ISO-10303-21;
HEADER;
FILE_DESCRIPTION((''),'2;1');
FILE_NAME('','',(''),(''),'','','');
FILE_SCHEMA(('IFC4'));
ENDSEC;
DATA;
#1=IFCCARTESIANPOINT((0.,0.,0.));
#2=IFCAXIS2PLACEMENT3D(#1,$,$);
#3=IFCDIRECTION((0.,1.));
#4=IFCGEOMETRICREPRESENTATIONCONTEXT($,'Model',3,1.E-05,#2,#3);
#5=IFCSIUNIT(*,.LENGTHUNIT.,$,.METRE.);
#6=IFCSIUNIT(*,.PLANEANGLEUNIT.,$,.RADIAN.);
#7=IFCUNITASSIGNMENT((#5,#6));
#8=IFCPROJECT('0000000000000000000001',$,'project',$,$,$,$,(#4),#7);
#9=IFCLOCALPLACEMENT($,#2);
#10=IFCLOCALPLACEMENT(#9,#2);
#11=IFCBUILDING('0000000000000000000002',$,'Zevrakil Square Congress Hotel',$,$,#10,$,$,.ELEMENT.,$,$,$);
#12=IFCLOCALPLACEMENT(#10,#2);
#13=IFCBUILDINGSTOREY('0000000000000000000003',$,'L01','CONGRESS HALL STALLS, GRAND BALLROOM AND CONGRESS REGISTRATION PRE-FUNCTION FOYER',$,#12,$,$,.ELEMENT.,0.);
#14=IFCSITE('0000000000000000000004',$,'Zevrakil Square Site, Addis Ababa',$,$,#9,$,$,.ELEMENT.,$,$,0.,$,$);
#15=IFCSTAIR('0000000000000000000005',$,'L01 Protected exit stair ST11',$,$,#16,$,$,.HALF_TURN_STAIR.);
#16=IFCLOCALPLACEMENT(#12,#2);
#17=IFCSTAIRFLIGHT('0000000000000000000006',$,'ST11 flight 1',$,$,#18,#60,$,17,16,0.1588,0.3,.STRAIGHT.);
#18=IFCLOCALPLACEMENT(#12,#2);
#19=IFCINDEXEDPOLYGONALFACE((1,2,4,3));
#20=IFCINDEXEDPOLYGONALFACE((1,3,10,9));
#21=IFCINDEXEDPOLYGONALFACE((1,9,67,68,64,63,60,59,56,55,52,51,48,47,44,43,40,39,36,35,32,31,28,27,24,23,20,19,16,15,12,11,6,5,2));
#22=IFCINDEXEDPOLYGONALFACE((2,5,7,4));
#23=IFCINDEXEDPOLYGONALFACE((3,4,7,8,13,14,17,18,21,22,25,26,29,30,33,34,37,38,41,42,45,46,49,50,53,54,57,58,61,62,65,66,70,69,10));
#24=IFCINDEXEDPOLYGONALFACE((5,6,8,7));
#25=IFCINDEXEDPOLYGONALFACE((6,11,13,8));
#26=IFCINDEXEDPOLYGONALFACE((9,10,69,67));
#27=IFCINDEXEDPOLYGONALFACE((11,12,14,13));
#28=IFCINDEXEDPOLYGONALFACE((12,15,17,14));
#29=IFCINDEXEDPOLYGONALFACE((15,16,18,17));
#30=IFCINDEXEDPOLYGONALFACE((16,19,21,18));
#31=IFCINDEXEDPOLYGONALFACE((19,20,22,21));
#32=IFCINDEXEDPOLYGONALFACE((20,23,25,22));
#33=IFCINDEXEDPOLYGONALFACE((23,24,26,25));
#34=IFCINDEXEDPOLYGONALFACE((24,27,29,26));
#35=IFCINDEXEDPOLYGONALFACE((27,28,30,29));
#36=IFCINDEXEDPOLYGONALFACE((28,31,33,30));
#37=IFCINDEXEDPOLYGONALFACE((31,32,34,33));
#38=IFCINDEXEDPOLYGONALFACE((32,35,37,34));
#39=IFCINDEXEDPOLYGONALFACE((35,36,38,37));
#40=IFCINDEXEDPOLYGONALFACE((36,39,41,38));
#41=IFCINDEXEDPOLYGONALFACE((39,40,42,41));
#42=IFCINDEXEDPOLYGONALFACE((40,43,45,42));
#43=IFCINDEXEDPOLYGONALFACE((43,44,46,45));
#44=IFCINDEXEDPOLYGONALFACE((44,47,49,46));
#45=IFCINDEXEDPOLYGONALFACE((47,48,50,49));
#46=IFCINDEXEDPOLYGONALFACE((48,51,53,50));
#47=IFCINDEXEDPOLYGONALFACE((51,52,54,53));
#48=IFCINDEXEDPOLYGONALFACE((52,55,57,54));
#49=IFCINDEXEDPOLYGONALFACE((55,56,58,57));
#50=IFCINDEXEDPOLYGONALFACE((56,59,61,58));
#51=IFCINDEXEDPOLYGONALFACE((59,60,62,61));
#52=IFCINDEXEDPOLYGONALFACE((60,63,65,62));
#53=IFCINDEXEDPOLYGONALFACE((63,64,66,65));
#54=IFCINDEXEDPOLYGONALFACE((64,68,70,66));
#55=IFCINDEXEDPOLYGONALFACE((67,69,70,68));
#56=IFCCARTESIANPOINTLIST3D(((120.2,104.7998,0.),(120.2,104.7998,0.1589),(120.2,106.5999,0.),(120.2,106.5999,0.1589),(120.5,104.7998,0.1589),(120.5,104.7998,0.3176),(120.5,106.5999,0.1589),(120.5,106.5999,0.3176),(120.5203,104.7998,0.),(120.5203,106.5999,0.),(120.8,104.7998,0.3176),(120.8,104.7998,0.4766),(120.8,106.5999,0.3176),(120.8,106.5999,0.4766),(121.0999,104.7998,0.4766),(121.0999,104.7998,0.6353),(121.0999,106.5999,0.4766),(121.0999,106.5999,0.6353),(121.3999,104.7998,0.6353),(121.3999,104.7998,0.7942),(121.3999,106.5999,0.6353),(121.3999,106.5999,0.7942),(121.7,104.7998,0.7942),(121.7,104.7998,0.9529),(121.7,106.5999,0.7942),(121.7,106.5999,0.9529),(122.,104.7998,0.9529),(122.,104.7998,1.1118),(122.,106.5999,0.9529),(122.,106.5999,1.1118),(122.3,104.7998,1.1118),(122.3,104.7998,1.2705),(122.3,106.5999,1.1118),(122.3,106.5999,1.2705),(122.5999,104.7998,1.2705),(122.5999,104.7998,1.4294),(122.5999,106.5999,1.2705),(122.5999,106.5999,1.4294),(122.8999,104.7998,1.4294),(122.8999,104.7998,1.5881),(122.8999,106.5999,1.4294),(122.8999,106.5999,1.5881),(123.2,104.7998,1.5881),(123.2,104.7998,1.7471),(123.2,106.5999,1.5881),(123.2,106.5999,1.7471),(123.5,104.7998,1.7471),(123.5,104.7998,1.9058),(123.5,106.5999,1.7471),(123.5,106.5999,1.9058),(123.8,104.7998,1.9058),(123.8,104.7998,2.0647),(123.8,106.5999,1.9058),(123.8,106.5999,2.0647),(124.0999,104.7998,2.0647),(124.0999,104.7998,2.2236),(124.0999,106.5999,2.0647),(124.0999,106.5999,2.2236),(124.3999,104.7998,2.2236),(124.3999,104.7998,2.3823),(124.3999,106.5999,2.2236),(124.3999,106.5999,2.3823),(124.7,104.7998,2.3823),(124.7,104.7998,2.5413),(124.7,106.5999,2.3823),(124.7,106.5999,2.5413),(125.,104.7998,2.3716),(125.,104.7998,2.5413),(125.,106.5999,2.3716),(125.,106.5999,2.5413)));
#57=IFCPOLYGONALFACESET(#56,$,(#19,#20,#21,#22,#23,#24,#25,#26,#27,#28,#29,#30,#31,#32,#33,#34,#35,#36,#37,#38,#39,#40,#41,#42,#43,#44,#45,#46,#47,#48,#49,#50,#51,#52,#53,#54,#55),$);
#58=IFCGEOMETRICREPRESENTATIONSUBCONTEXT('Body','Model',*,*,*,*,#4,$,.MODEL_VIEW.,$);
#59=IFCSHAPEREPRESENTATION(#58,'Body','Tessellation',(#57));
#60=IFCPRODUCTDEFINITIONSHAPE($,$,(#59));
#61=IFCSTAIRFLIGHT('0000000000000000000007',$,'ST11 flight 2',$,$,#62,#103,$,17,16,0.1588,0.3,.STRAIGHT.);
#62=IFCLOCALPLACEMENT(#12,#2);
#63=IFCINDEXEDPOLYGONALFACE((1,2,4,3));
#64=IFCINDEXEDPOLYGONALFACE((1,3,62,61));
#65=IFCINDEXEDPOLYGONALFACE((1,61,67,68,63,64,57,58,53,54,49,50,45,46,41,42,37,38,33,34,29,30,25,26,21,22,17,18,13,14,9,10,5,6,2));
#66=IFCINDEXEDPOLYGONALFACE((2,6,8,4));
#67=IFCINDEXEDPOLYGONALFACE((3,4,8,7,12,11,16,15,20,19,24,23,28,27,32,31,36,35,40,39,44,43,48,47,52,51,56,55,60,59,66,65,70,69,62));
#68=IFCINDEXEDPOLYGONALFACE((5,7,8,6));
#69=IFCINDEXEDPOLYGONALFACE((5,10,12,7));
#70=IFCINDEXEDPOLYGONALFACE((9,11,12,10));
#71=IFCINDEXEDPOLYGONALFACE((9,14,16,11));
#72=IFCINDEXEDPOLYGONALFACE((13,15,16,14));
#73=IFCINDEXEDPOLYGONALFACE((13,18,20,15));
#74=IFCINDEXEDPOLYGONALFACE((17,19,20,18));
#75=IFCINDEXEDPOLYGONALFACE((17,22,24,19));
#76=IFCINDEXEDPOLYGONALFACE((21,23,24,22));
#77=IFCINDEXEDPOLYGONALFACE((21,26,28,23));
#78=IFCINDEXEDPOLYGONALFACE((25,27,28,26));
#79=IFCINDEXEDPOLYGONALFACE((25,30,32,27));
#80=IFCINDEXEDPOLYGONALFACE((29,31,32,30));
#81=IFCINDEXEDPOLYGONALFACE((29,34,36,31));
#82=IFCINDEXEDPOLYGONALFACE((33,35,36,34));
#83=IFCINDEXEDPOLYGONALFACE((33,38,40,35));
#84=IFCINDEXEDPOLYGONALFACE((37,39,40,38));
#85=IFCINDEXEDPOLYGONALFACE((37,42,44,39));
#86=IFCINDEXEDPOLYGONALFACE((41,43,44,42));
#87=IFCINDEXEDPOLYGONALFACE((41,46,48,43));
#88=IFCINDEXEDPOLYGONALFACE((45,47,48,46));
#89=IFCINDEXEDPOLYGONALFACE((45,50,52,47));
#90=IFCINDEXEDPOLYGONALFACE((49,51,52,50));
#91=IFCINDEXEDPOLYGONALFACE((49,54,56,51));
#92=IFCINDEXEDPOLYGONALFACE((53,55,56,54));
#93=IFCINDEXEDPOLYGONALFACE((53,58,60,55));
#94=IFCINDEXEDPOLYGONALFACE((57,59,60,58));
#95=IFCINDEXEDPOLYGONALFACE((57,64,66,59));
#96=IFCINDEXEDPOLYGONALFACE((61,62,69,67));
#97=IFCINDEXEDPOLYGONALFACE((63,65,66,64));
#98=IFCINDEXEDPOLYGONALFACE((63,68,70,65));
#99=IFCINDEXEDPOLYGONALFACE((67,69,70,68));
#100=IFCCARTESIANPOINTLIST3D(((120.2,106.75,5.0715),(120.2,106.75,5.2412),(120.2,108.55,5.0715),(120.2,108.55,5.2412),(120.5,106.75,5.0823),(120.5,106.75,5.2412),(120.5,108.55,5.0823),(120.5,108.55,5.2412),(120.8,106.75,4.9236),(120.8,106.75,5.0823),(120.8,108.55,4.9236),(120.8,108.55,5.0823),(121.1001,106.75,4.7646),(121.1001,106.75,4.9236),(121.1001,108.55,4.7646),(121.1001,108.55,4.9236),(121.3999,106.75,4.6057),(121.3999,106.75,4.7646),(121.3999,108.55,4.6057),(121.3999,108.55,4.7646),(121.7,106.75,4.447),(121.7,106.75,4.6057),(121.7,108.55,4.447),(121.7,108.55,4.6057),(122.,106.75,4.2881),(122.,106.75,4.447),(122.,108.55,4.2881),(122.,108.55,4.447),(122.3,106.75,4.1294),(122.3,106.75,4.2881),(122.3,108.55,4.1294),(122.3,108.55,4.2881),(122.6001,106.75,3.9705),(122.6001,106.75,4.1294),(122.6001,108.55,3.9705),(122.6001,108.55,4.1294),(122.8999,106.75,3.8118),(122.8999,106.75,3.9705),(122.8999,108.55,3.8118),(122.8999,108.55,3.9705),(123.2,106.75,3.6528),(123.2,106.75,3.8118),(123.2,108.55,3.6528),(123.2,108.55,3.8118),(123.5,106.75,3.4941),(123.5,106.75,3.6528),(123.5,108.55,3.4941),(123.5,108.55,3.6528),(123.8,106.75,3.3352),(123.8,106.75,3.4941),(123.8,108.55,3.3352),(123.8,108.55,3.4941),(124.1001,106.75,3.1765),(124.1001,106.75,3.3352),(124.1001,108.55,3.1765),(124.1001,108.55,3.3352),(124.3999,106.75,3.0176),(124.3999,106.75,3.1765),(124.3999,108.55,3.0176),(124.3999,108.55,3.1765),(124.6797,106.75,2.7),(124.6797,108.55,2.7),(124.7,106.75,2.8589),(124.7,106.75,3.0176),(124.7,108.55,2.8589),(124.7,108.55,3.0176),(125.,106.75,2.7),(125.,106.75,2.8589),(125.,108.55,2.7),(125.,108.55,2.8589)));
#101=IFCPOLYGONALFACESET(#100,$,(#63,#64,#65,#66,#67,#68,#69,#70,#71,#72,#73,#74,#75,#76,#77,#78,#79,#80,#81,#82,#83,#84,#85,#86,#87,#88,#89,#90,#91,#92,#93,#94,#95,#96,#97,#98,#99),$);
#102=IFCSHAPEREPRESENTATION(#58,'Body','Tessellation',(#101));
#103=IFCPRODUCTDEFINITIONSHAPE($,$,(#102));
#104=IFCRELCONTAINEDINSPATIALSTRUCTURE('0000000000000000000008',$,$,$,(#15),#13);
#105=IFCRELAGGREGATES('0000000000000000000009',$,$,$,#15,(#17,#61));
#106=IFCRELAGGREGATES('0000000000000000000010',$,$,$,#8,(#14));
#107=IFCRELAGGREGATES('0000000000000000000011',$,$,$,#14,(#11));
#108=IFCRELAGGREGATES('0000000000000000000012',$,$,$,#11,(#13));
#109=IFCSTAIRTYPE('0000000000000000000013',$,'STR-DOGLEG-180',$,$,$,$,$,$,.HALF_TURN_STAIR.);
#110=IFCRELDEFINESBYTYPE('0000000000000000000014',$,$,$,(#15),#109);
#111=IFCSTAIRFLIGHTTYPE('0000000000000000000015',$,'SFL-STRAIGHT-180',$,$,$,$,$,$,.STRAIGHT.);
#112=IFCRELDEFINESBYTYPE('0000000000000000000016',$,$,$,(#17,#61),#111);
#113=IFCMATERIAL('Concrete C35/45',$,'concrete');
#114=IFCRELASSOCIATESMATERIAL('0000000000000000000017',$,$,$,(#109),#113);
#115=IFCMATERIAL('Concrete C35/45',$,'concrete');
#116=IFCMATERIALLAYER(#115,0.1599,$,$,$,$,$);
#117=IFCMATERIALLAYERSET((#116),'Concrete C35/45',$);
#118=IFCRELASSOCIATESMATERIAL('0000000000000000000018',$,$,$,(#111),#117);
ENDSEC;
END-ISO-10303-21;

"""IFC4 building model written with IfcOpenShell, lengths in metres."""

from ifc_helpers import new_model, si_unit, direction, frame, origin, place, context, subcontext, project, spatial, polyline, outline, extrude, material, layer, layer_set, type_object, element, aggregate, save


model = new_model("IFC4")

# Units and contexts
model_context = context("Model", 3, precision=1e-05, world=origin(), true_north=direction((0.0, 1.0)))
body_context = subcontext(model_context, "Body", "Model", "MODEL_VIEW")
ifc_project = project(units=[si_unit("LENGTHUNIT", "METRE"), si_unit("PLANEANGLEUNIT", "RADIAN")], contexts=[model_context])

# Site, building, storey
site_placement = place(None, origin())
site = spatial("IfcSite", under=ifc_project, at=site_placement, Name="Zevrakil Square Site, Addis Ababa", CompositionType="ELEMENT", RefElevation=0.0)
building_placement = place(site_placement, origin())
building = spatial("IfcBuilding", under=site, at=building_placement, Name="Zevrakil Square Congress Hotel", CompositionType="ELEMENT")
storey_placement = place(building_placement, origin())
storey = spatial("IfcBuildingStorey", under=building, at=storey_placement, Name="L01", Description="CONGRESS HALL STALLS, GRAND BALLROOM AND CONGRESS REGISTRATION PRE-FUNCTION FOYER", CompositionType="ELEMENT", Elevation=0.0)

# Stair, stair flights
ifc_material_1 = material(Name="Concrete C35/45", Category="concrete")
stair_type = type_object("IfcStairType", Name="STR-DOGLEG-180", PredefinedType="HALF_TURN_STAIR", material=ifc_material_1)
stair_placement = place(storey_placement, origin())
stair = element("IfcStair", 1, at=stair_placement, inside=storey, type_object=stair_type, Name="L01 Protected exit stair ST11", PredefinedType="HALF_TURN_STAIR")
ifc_material_2 = material(Name="Concrete C35/45", Category="concrete")
ifc_layer_1 = layer(ifc_material_2, 0.1599)
ifc_layer_set_1 = layer_set([ifc_layer_1], Name="Concrete C35/45")
stair_flight_type = type_object("IfcStairFlightType", Name="SFL-STRAIGHT-180", PredefinedType="STRAIGHT", material=ifc_layer_set_1)
stair_flight_1_placement = place(storey_placement, frame((120.2, 105.7, 0.0), z_axis=(0.0, 0.0, 1.0), x_axis=(1.0, 0.0, 0.0)))
stair_flight_1 = element("IfcStairFlight", 2, at=stair_flight_1_placement, type_object=stair_flight_type, Name="ST11 flight 1", NumberOfRisers=17, NumberOfTreads=16, PredefinedType="STRAIGHT", RiserHeight=0.1588, TreadLength=0.3, context=body_context, shape_type="SweptSolid", body=[
    extrude(outline(polyline([(0.0, 0.0), (0.0, 0.1589), (0.3, 0.1589), (0.3, 0.3176), (0.6001, 0.3176), (0.6001, 0.4766), (0.8999, 0.4766), (0.8999, 0.6353), (1.2, 0.6353), (1.2, 0.7942), (1.5, 0.7942), (1.5, 0.9529), (1.8, 0.9529), (1.8, 1.1118), (2.1001, 1.1118), (2.1001, 1.2705), (2.3999, 1.2705), (2.3999, 1.4294), (2.7, 1.4294), (2.7, 1.5881), (3.0, 1.5881), (3.0, 1.7471), (3.3, 1.7471), (3.3, 1.9058), (3.6001, 1.9058), (3.6001, 2.0647), (3.8999, 2.0647), (3.8999, 2.2236), (4.2, 2.2236), (4.2, 2.3823), (4.5, 2.3823), (4.5, 2.5413), (4.8, 2.5413), (4.8, 2.7), (4.8, 2.3716), (0.3203, 0.0), (0.0, 0.0)])), frame((0.0, 0.8999, 0.0), z_axis=(0.0, -1.0, 0.0), x_axis=(1.0, 0.0, 0.0)), (0.0, 0.0, 1.0), 1.8),
])
stair_flight_2_placement = place(storey_placement, frame((125.0, 107.6499, 2.7), z_axis=(0.0, 0.0, 1.0), x_axis=(-1.0, 0.0, 0.0)))
stair_flight_2 = element("IfcStairFlight", 3, at=stair_flight_2_placement, type_object=stair_flight_type, Name="ST11 flight 2", NumberOfRisers=17, NumberOfTreads=16, PredefinedType="STRAIGHT", RiserHeight=0.1588, TreadLength=0.3, context=body_context, shape_type="SweptSolid", body=[
    extrude(outline(polyline([(0.0, 0.0), (0.0, 0.1589), (0.3, 0.1589), (0.3, 0.3176), (0.6001, 0.3176), (0.6001, 0.4766), (0.8999, 0.4766), (0.8999, 0.6353), (1.2, 0.6353), (1.2, 0.7942), (1.5, 0.7942), (1.5, 0.9529), (1.8, 0.9529), (1.8, 1.1118), (2.1001, 1.1118), (2.1001, 1.2705), (2.3999, 1.2705), (2.3999, 1.4294), (2.7, 1.4294), (2.7, 1.5881), (3.0, 1.5881), (3.0, 1.7471), (3.3, 1.7471), (3.3, 1.9058), (3.6001, 1.9058), (3.6001, 2.0647), (3.8999, 2.0647), (3.8999, 2.2236), (4.2, 2.2236), (4.2, 2.3823), (4.5, 2.3823), (4.5, 2.5413), (4.8, 2.5413), (4.8, 2.7), (4.8, 2.3716), (0.3203, 0.0), (0.0, 0.0)])), frame((0.0, 0.8999, 0.0), z_axis=(0.0, -1.0, 0.0), x_axis=(1.0, 0.0, 0.0)), (0.0, 0.0, 1.0), 1.8),
])
aggregate(stair, [stair_flight_1, stair_flight_2])

save(model, "model.ifc")
